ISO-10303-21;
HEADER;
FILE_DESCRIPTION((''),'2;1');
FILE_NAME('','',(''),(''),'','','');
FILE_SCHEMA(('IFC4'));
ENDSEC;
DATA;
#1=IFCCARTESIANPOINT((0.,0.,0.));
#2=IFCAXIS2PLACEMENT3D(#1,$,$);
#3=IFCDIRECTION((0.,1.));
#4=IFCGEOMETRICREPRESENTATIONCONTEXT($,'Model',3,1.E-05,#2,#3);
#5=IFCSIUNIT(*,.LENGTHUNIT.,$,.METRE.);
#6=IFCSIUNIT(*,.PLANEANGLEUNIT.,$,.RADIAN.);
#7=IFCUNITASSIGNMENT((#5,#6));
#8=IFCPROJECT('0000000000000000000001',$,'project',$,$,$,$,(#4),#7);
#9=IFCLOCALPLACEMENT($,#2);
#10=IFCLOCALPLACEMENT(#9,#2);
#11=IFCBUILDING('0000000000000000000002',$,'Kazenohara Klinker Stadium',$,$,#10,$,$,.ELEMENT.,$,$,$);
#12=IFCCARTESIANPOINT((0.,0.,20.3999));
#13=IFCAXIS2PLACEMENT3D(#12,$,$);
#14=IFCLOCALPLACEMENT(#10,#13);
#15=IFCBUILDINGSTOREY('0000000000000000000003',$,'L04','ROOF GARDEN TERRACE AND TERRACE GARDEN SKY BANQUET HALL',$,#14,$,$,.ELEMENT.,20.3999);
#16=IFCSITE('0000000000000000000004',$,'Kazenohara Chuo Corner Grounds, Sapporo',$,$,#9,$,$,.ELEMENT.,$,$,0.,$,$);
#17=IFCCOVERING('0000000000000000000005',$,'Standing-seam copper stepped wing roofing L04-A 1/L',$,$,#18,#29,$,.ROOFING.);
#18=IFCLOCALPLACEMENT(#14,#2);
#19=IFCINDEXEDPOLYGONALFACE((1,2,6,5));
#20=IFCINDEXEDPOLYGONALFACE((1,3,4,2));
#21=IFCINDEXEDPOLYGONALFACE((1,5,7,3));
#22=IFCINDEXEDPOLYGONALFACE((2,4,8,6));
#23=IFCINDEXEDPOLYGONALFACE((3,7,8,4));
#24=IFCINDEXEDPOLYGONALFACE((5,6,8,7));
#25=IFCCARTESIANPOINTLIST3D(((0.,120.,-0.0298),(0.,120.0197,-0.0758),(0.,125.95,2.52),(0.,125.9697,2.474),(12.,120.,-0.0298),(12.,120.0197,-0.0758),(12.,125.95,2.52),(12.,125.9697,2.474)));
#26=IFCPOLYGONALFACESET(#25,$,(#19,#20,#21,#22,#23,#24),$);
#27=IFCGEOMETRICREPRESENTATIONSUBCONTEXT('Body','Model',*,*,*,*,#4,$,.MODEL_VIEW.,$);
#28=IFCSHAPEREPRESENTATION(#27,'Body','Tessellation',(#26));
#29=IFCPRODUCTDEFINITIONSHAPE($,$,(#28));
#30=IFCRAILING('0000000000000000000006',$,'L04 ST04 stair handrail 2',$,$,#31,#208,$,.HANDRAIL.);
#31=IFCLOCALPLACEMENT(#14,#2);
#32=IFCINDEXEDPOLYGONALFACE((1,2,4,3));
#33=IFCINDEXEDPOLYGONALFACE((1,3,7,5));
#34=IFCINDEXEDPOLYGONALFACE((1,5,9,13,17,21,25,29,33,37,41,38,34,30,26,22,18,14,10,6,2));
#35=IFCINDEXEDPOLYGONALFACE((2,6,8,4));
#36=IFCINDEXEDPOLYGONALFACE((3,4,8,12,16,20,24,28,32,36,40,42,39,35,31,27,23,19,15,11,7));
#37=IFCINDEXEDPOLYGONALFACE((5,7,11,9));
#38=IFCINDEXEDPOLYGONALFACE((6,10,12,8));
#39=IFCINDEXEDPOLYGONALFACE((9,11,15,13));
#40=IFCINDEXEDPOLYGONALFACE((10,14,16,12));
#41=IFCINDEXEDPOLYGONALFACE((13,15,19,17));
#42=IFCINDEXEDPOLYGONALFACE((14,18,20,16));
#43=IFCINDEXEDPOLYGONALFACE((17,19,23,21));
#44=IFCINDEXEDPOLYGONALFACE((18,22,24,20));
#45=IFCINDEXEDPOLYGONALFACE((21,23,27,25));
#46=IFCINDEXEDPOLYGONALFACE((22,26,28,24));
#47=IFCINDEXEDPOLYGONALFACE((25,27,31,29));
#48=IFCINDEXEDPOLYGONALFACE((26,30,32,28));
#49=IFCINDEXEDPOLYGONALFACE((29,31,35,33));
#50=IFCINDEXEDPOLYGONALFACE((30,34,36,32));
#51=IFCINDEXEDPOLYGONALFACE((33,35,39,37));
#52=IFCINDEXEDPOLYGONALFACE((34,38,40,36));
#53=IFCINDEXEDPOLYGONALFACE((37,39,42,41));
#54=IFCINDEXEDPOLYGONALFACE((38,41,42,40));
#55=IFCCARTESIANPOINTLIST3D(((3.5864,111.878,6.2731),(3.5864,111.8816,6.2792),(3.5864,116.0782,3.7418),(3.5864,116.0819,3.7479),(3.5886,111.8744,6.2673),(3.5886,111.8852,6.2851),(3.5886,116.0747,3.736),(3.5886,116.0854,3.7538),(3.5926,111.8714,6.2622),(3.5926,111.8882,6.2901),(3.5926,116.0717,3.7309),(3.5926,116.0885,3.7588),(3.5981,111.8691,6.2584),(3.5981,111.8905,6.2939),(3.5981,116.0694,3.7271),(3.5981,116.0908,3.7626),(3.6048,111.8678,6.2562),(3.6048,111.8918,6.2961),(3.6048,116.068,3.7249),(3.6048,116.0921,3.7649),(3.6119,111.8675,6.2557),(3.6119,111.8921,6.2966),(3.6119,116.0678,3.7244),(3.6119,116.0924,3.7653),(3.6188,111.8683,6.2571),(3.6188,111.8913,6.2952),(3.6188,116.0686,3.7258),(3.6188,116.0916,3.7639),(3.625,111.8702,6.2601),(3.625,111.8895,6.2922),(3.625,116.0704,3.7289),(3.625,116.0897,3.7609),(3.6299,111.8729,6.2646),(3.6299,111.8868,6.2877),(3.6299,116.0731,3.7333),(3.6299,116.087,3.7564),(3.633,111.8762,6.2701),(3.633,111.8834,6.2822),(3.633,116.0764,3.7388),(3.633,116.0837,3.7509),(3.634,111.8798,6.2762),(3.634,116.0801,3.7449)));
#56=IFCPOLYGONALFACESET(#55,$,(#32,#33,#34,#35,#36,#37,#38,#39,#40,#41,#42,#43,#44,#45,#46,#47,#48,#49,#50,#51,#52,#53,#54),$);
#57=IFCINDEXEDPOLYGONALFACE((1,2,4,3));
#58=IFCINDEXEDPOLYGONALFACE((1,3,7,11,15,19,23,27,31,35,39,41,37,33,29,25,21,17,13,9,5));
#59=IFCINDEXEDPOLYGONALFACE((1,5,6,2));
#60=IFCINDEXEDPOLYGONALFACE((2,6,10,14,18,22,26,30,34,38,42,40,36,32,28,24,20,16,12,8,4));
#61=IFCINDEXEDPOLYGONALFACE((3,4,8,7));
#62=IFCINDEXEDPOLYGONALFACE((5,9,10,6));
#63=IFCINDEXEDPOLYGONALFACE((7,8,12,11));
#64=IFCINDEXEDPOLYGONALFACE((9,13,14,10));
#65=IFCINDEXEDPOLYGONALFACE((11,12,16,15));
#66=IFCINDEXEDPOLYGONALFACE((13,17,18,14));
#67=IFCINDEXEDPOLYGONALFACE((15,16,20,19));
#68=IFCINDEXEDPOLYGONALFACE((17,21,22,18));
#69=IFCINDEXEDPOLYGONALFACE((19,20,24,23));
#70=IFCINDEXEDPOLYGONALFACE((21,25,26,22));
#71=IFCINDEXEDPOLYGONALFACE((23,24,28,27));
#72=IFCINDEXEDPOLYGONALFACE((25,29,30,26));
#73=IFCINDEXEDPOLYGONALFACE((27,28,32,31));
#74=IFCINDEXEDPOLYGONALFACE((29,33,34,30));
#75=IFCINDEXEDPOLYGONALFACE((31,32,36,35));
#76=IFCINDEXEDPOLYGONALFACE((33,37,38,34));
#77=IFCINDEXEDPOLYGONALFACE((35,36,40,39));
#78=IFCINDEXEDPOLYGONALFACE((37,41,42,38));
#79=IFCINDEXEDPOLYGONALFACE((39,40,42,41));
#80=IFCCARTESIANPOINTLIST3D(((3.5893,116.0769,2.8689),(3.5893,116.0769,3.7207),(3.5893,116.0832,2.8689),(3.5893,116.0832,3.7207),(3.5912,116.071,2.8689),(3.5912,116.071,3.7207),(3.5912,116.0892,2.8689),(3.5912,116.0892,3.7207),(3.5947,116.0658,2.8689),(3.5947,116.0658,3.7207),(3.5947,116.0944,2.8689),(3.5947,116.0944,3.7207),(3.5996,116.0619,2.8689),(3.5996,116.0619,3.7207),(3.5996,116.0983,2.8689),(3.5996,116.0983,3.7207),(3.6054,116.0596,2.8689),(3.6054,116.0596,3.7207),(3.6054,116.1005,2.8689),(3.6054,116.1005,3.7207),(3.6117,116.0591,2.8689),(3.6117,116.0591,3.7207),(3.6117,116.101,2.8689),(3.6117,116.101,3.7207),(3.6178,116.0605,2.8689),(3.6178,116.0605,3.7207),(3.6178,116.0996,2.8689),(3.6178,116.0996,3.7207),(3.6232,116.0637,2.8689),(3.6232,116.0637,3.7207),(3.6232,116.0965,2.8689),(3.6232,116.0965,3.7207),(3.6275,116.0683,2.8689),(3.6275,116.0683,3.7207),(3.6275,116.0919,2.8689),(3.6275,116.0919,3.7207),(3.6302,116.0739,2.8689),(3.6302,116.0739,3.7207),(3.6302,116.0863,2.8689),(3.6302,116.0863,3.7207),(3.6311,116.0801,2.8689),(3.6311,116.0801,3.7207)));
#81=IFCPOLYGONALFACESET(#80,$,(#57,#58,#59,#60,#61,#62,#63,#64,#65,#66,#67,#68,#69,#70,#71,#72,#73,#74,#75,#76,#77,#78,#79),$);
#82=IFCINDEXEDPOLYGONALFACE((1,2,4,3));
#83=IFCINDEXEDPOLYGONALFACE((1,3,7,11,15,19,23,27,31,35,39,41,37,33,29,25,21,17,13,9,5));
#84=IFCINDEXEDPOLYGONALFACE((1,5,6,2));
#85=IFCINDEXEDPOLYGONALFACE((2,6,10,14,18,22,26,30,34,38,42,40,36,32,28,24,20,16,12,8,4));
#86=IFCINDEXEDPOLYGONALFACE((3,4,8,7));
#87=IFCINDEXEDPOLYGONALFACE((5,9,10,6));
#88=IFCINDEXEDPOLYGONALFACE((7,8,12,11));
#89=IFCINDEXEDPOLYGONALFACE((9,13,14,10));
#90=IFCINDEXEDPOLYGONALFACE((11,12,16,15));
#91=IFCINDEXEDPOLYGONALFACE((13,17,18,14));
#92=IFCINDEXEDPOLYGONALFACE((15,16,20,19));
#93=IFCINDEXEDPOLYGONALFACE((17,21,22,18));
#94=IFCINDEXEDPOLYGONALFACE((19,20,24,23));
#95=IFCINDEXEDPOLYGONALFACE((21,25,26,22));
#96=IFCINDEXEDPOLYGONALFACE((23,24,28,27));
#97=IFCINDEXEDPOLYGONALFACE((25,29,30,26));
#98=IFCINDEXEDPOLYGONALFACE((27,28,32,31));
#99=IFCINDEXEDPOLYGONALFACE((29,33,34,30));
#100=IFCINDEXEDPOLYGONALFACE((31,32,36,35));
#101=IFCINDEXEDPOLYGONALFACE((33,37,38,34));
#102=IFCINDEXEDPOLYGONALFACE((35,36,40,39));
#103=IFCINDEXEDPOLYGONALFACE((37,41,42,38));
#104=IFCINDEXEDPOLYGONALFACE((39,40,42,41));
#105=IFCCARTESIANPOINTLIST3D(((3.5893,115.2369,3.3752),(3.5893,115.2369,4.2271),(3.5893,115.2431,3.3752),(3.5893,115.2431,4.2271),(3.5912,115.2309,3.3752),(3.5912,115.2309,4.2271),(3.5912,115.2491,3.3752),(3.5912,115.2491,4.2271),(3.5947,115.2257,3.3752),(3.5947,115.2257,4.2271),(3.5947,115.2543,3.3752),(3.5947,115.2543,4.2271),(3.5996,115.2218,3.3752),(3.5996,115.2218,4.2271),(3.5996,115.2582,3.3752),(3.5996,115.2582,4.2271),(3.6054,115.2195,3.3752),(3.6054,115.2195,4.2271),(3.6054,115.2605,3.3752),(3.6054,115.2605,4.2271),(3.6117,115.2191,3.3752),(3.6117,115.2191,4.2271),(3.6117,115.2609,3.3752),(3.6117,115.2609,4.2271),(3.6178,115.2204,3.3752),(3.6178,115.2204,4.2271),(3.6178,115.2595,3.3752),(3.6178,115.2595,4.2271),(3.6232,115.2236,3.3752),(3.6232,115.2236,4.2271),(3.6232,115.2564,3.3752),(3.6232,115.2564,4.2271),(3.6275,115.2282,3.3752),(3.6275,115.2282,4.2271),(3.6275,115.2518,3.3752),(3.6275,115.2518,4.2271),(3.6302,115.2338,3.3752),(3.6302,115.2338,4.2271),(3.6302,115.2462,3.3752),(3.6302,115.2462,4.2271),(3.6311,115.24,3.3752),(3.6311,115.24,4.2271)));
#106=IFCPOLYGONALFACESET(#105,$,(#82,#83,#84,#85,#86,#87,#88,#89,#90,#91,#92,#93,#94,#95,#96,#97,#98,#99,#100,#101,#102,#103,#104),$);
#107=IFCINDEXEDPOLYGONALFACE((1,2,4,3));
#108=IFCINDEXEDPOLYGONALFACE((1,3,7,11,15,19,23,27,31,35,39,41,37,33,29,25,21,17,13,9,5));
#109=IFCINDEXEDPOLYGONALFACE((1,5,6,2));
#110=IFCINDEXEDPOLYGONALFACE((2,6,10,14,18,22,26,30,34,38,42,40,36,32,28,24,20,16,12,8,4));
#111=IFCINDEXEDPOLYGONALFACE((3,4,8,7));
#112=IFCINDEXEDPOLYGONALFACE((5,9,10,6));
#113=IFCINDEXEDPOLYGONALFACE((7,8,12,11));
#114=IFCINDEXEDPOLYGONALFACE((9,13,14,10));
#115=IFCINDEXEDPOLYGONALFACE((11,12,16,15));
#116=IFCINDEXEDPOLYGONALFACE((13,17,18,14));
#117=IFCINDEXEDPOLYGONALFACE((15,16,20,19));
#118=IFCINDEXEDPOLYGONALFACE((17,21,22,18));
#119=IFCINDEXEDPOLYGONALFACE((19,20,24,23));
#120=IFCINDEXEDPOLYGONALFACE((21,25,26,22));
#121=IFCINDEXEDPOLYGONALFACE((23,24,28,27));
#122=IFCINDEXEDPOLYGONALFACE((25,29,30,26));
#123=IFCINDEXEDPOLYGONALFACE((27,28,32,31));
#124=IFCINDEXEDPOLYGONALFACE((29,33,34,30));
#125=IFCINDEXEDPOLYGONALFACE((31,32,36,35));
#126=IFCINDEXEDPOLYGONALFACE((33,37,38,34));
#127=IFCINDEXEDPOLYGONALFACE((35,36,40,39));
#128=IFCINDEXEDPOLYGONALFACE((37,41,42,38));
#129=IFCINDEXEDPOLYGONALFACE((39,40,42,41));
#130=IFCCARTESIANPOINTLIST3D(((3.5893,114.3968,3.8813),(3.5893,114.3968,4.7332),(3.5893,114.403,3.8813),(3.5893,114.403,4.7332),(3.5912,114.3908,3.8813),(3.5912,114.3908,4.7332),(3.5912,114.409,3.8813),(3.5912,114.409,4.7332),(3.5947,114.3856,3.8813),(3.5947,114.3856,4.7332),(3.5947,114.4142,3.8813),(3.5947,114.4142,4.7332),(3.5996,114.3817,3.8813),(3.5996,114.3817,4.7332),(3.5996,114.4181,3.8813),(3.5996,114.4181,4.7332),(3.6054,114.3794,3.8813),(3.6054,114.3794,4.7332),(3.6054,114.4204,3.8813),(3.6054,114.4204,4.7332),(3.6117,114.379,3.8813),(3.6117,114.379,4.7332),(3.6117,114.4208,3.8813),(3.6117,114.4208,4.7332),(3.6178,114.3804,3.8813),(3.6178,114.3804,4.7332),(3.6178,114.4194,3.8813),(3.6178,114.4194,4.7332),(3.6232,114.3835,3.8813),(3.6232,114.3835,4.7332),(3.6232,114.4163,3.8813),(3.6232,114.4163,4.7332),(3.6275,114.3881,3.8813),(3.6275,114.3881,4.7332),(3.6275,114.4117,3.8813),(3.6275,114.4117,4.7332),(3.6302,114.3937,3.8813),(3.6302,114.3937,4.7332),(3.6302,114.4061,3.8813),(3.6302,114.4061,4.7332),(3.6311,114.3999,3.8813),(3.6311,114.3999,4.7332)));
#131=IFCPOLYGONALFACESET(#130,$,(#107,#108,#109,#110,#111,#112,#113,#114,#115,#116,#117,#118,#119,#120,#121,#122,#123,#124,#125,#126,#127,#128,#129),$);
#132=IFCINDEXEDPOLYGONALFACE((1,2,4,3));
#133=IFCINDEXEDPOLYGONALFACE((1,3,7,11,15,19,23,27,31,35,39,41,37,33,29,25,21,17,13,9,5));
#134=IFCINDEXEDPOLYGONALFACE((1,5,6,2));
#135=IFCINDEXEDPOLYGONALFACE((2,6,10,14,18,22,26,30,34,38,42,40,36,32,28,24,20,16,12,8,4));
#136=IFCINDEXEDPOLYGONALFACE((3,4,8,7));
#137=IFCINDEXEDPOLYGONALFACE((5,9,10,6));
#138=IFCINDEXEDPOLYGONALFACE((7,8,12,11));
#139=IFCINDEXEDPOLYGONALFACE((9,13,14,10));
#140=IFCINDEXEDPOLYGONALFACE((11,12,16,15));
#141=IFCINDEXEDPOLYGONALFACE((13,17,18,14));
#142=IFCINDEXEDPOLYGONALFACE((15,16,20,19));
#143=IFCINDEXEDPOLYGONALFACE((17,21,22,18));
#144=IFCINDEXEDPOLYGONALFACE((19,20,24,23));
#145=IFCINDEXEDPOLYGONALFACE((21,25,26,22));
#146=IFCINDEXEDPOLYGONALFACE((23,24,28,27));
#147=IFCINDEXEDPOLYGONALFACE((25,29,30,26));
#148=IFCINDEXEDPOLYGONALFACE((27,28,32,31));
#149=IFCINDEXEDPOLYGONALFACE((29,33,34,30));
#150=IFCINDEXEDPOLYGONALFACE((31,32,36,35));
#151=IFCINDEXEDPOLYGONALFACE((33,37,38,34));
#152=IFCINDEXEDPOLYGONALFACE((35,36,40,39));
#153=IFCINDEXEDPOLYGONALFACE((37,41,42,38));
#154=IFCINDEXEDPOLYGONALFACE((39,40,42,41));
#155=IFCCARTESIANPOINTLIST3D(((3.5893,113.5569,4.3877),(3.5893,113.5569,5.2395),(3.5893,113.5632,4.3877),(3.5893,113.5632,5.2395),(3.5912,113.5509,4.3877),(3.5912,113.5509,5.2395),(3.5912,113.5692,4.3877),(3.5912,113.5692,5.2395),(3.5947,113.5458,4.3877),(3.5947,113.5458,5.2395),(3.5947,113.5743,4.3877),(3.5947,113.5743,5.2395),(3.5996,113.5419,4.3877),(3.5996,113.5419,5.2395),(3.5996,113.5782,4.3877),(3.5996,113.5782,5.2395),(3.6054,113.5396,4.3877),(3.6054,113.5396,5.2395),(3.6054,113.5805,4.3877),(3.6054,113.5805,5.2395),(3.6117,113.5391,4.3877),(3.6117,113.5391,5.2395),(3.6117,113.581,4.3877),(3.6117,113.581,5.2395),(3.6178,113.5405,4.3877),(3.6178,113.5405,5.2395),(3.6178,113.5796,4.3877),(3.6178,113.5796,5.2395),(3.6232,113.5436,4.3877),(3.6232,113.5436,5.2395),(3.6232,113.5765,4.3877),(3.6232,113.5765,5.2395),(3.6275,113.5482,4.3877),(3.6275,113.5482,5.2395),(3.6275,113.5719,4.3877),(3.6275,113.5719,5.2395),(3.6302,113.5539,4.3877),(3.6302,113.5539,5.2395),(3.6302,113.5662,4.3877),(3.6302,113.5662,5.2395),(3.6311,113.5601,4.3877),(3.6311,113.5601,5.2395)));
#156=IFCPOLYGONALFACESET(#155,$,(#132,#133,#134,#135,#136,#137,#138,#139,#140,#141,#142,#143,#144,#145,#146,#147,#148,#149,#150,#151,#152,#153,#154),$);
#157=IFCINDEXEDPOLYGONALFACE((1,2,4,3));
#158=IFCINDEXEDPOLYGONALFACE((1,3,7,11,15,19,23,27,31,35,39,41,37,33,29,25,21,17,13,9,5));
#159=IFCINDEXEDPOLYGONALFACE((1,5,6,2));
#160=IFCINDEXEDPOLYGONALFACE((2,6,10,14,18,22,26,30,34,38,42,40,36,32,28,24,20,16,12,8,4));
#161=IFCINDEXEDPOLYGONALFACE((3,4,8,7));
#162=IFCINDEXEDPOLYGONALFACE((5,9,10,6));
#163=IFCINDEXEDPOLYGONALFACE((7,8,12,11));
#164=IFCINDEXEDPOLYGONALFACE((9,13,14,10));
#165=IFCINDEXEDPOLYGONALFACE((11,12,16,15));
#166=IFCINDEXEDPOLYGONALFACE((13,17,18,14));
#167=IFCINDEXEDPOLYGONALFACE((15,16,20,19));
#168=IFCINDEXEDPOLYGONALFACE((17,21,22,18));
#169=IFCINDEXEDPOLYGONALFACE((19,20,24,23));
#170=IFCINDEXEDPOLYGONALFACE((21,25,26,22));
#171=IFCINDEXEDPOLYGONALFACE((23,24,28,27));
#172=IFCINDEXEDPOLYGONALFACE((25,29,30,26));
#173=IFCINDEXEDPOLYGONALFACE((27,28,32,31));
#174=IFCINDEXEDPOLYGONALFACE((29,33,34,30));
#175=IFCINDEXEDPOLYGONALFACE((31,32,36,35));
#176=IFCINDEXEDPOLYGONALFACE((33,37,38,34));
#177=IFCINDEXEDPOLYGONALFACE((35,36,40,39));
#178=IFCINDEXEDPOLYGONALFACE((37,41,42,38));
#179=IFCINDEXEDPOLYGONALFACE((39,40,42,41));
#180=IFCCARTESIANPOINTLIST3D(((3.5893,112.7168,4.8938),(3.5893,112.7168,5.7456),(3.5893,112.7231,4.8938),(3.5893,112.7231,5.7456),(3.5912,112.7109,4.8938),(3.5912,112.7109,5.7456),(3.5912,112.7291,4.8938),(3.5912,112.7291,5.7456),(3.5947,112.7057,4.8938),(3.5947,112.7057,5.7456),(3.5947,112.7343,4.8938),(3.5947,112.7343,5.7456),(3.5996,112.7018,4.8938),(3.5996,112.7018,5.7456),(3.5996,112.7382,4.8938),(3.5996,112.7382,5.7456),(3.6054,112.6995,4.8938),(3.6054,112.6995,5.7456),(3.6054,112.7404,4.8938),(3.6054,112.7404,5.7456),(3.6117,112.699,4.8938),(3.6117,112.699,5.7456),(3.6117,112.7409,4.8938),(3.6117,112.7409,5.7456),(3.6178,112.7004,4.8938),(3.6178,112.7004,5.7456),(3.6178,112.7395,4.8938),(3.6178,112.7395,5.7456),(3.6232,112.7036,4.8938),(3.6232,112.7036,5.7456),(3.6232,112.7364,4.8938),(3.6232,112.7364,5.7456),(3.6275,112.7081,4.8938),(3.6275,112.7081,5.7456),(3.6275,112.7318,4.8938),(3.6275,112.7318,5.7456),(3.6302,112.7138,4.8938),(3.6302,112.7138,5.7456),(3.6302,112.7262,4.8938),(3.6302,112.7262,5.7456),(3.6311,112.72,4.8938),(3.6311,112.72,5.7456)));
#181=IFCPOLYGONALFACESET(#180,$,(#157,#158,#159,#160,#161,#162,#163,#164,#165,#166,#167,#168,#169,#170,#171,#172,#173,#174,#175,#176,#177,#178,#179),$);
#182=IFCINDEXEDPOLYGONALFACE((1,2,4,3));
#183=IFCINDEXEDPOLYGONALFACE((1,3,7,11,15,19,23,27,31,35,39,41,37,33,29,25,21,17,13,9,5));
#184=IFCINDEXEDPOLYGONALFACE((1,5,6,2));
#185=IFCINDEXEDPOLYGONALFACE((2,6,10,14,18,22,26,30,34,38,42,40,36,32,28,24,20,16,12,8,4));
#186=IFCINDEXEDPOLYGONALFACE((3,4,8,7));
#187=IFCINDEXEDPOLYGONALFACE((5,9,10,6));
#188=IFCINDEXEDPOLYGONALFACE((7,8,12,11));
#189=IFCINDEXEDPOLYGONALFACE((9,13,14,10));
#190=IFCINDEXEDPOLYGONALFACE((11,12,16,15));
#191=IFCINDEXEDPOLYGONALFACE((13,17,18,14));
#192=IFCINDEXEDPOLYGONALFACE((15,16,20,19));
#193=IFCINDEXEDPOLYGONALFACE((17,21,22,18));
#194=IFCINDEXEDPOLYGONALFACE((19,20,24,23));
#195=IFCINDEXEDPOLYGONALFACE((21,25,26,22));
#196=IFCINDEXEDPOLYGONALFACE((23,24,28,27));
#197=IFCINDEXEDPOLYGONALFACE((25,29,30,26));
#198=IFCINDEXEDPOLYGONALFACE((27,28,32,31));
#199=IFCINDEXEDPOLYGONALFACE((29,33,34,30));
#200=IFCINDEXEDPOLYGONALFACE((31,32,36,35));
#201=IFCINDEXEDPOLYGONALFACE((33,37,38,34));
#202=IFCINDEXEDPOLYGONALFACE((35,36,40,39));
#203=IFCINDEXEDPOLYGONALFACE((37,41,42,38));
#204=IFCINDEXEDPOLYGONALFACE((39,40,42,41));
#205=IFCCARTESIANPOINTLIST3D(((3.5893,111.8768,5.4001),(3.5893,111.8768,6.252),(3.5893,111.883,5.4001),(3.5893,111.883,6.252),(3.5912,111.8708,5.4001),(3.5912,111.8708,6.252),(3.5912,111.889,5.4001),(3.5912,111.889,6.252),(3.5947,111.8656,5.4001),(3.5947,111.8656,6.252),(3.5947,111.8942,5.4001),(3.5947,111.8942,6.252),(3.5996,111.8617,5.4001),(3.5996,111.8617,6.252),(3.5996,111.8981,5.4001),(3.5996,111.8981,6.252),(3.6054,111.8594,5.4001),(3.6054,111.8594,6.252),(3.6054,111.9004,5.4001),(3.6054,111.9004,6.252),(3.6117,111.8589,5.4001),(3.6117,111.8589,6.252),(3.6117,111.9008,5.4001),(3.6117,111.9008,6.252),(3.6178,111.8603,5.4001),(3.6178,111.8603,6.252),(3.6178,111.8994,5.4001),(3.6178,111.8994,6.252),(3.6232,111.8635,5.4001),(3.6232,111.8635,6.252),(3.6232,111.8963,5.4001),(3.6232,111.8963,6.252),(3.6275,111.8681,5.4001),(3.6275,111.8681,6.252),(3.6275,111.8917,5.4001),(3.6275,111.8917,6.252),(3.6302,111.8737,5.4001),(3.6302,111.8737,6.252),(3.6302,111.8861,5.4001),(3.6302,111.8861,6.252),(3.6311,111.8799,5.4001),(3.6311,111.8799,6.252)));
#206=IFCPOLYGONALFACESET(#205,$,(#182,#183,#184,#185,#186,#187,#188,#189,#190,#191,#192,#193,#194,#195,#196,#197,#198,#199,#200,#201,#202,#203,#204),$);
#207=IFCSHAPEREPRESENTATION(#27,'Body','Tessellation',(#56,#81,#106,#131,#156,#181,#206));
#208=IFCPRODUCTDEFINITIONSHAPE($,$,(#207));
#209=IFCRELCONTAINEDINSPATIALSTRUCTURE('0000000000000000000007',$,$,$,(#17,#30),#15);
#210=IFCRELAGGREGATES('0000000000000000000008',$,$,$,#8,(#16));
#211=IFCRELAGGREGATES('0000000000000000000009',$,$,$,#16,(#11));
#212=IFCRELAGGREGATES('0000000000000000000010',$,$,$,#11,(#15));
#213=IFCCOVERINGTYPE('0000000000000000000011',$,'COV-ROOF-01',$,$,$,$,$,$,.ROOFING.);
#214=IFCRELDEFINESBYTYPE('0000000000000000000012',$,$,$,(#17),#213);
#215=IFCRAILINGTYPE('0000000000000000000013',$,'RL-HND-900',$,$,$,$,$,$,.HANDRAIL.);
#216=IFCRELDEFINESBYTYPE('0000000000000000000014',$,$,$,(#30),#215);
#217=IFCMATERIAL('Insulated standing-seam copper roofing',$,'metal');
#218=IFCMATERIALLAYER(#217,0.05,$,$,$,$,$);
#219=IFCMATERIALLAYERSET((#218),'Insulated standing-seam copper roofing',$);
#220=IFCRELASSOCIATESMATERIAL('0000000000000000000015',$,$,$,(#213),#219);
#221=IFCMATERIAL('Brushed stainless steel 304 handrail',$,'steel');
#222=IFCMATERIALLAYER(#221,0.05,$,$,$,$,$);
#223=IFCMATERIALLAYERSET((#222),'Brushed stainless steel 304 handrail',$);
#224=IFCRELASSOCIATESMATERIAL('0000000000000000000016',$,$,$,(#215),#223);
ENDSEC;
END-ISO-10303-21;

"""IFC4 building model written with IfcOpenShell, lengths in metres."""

from ifc_helpers import new_model, si_unit, direction, frame, origin, origin_2d, place, context, subcontext, project, spatial, polyline, circle, outline, extrude, material, layer, layer_set, type_object, element, save


model = new_model("IFC4")

# Units and contexts
model_context = context("Model", 3, precision=1e-05, world=origin(), true_north=direction((0.0, 1.0)))
body_context = subcontext(model_context, "Body", "Model", "MODEL_VIEW")
ifc_project = project(units=[si_unit("LENGTHUNIT", "METRE"), si_unit("PLANEANGLEUNIT", "RADIAN")], contexts=[model_context])

# Site, building, storey
site_placement = place(None, origin())
site = spatial("IfcSite", under=ifc_project, at=site_placement, Name="Kazenohara Chuo Corner Grounds, Sapporo", CompositionType="ELEMENT", RefElevation=0.0)
building_placement = place(site_placement, origin())
building = spatial("IfcBuilding", under=site, at=building_placement, Name="Kazenohara Klinker Stadium", CompositionType="ELEMENT")
storey_placement = place(building_placement, frame((0.0, 0.0, 20.3999)))
storey = spatial("IfcBuildingStorey", under=building, at=storey_placement, Name="L04", Description="ROOF GARDEN TERRACE AND TERRACE GARDEN SKY BANQUET HALL", CompositionType="ELEMENT", Elevation=20.3999)

# Covering
ifc_material_1 = material(Name="Insulated standing-seam copper roofing", Category="metal")
ifc_layer_1 = layer(ifc_material_1, 0.05)
ifc_layer_set_1 = layer_set([ifc_layer_1], Name="Insulated standing-seam copper roofing")
covering_type = type_object("IfcCoveringType", Name="COV-ROOF-01", PredefinedType="ROOFING", material=ifc_layer_set_1)
covering_placement = place(storey_placement, frame((0.0, 120.0, -0.0298), z_axis=(0.0, -0.393897, 0.919155), x_axis=(1.0, 0.0, 0.0)))
element("IfcCovering", 1, at=covering_placement, inside=storey, type_object=covering_type, Name="Standing-seam copper stepped wing roofing L04-A 1/L", PredefinedType="ROOFING", context=body_context, shape_type="SweptSolid", body=[
    extrude(outline(polyline([(0.0, 0.0), (12.0, 0.0), (12.0, 6.4733), (0.0, 6.4733), (0.0, 0.0)])), origin(), (0.0, 0.0, -1.0), 0.05),
])

# Railing
ifc_material_2 = material(Name="Brushed stainless steel 304 handrail", Category="steel")
ifc_layer_2 = layer(ifc_material_2, 0.05)
ifc_layer_set_2 = layer_set([ifc_layer_2], Name="Brushed stainless steel 304 handrail")
railing_type_1 = type_object("IfcRailingType", Name="RL-HND-900", PredefinedType="HANDRAIL", material=ifc_layer_set_2)
railing_1_placement = place(storey_placement, frame((3.6101, 116.0801, 2.8689)))
element("IfcRailing", 2, at=railing_1_placement, inside=storey, type_object=railing_type_1, Name="L04 ST04 stair handrail 2", PredefinedType="HANDRAIL", context=body_context, shape_type="SweptSolid", body=[
    extrude(circle(Radius=0.0239, at=origin_2d()), frame((0.0, 0.0, 0.876), z_axis=(0.0, -0.85649, 0.516164), x_axis=(1.0, 0.0, 0.0)), (0.0, 0.0, 1.0), 4.9041),
    extrude(circle(Radius=0.021, at=origin_2d()), origin(), (0.0, 0.0, 1.0), 0.8518),
    extrude(circle(Radius=0.021, at=origin_2d()), frame((0.0, -0.8401, 0.5063)), (0.0, 0.0, 1.0), 0.8518),
    extrude(circle(Radius=0.021, at=origin_2d()), frame((0.0, -1.6802, 1.0125)), (0.0, 0.0, 1.0), 0.8518),
    extrude(circle(Radius=0.021, at=origin_2d()), frame((0.0, -2.52, 1.5188)), (0.0, 0.0, 1.0), 0.8518),
    extrude(circle(Radius=0.021, at=origin_2d()), frame((0.0, -3.3601, 2.0249)), (0.0, 0.0, 1.0), 0.8518),
    extrude(circle(Radius=0.021, at=origin_2d()), frame((0.0, -4.2002, 2.5312)), (0.0, 0.0, 1.0), 0.8518),
])

save(model, "model.ifc")
